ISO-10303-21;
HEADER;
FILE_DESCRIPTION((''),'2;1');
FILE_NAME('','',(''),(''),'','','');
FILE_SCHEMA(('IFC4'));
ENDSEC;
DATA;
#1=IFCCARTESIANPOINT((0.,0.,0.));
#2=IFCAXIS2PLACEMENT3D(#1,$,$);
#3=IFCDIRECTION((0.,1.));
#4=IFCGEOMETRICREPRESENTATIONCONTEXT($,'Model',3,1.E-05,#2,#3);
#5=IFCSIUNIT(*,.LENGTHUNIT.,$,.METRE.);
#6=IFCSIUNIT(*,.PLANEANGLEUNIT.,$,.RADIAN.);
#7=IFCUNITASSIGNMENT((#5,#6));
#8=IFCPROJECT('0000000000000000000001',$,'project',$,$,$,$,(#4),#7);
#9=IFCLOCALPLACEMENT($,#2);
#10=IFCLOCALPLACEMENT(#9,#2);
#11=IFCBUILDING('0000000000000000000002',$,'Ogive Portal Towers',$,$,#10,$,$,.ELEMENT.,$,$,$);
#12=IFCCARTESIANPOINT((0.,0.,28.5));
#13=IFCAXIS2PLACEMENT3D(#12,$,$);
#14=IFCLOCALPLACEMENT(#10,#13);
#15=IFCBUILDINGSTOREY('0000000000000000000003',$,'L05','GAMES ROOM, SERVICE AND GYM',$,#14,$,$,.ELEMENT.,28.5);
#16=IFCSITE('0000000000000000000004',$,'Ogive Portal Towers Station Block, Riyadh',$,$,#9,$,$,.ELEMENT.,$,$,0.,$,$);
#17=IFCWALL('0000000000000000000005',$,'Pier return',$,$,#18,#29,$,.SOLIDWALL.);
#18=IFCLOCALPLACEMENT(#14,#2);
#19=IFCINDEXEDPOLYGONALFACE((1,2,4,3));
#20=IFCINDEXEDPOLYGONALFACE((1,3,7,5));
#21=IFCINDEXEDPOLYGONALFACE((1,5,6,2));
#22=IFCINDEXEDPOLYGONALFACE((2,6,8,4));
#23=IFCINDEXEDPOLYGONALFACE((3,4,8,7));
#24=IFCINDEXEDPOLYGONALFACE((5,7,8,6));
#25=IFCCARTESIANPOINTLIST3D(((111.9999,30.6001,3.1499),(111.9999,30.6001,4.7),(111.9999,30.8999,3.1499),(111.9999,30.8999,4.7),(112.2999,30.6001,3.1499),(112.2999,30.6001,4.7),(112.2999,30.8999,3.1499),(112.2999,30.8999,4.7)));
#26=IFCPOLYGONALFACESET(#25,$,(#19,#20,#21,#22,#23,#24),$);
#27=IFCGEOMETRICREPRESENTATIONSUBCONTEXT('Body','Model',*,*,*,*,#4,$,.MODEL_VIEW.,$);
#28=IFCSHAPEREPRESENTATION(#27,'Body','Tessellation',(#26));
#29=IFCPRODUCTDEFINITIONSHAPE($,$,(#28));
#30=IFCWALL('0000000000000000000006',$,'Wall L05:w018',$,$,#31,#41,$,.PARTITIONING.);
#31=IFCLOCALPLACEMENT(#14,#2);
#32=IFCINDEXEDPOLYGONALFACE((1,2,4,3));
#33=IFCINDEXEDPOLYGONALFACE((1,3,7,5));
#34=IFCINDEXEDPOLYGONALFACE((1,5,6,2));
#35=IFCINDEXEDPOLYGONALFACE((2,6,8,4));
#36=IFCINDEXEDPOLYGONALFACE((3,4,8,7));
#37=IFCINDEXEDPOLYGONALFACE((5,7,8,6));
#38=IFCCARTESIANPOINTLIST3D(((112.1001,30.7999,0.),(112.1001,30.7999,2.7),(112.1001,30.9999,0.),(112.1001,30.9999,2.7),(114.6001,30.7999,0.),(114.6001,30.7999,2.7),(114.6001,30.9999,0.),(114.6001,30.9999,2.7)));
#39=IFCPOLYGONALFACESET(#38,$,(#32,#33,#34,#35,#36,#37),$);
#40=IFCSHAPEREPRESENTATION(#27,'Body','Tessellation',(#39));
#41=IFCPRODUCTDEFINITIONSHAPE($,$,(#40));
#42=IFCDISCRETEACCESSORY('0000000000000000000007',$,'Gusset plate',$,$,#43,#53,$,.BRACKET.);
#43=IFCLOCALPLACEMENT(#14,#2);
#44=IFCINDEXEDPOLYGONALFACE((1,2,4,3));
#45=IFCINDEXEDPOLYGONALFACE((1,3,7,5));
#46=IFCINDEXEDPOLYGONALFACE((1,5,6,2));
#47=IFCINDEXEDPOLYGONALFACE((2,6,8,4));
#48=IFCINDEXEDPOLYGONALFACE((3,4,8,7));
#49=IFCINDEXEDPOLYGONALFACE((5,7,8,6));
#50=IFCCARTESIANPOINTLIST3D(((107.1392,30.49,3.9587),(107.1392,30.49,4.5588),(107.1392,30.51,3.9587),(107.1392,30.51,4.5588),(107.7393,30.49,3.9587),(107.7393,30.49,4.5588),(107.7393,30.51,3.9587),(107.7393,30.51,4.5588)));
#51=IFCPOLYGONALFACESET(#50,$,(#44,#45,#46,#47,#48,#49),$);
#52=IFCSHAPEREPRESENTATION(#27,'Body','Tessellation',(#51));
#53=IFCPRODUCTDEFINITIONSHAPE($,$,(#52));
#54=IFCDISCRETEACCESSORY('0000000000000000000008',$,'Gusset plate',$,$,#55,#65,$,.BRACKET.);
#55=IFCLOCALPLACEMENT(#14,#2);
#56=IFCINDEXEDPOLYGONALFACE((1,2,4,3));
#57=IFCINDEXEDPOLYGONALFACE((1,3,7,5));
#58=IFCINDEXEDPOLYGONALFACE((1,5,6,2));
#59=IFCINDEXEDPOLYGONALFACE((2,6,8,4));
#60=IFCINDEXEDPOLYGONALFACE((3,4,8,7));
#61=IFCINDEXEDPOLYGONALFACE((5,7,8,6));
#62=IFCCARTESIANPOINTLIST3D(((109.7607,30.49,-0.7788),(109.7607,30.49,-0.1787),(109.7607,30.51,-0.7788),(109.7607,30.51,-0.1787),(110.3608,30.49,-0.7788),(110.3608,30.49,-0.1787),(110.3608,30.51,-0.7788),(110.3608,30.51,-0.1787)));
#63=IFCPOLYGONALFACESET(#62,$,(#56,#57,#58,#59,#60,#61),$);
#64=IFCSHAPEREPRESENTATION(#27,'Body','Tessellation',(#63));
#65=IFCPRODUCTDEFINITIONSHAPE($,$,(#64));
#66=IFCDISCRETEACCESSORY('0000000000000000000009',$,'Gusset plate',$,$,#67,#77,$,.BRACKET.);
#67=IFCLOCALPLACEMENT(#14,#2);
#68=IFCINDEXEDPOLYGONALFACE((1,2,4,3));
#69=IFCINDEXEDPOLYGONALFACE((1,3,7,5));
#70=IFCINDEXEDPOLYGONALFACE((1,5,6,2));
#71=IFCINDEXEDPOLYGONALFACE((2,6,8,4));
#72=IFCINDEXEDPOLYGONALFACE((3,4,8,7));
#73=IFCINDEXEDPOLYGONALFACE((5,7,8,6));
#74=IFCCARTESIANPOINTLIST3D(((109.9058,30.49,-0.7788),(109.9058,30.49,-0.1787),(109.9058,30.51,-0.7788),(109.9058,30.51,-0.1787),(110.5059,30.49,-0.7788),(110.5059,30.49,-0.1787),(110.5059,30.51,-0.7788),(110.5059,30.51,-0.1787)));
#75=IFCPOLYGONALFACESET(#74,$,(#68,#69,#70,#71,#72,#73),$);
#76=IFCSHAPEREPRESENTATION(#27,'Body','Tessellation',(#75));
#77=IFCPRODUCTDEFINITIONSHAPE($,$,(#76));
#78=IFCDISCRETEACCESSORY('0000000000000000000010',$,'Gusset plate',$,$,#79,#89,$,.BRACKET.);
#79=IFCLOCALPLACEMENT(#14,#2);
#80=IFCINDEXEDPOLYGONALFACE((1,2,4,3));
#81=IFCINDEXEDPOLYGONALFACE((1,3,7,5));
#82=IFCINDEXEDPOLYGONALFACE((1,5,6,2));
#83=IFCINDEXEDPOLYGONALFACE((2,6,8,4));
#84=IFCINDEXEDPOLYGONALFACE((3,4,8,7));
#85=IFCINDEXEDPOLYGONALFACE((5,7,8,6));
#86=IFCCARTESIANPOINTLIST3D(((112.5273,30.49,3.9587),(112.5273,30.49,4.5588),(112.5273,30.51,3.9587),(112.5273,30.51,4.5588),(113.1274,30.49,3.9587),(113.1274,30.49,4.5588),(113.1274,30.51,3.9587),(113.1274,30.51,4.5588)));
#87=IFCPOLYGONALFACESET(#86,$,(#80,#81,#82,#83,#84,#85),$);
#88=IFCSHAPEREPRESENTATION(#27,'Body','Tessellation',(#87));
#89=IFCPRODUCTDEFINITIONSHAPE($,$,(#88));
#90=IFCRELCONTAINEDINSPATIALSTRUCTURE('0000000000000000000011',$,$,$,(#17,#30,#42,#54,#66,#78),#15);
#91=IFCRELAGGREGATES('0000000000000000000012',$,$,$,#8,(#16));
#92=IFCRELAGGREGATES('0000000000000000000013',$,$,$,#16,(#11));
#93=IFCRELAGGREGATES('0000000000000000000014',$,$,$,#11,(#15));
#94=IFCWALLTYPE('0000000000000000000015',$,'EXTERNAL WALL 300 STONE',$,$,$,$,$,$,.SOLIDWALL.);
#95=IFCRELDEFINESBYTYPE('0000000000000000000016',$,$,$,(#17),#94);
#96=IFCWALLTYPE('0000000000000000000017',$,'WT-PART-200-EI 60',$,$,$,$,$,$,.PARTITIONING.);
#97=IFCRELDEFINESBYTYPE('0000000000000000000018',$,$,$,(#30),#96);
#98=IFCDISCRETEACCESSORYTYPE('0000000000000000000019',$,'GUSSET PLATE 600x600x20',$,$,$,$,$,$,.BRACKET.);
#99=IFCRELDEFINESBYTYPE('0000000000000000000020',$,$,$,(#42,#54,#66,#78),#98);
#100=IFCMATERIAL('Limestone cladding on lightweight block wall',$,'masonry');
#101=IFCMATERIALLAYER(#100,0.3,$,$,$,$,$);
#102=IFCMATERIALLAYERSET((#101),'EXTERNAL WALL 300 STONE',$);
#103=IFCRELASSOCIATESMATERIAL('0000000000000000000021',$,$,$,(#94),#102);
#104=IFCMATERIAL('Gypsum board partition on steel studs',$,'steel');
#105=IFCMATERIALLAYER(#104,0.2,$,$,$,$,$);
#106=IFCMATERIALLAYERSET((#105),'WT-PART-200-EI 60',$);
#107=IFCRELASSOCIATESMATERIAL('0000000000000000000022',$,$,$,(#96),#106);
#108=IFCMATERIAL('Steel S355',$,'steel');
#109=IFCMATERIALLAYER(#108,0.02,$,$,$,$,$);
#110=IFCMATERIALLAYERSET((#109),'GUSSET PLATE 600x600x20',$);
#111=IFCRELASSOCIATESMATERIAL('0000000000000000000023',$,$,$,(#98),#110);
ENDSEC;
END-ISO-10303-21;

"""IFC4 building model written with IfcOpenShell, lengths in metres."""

from ifc_helpers import new_model, si_unit, direction, frame, frame_2d, origin, origin_2d, place, context, subcontext, project, spatial, rectangle, extrude, material, layer, layer_set, type_object, element, save


model = new_model("IFC4")

# Units and contexts
model_context = context("Model", 3, precision=1e-05, world=origin(), true_north=direction((0.0, 1.0)))
body_context = subcontext(model_context, "Body", "Model", "MODEL_VIEW")
ifc_project = project(units=[si_unit("LENGTHUNIT", "METRE"), si_unit("PLANEANGLEUNIT", "RADIAN")], contexts=[model_context])

# Site, building, storey
site_placement = place(None, origin())
site = spatial("IfcSite", under=ifc_project, at=site_placement, Name="Ogive Portal Towers Station Block, Riyadh", CompositionType="ELEMENT", RefElevation=0.0)
building_placement = place(site_placement, origin())
building = spatial("IfcBuilding", under=site, at=building_placement, Name="Ogive Portal Towers", CompositionType="ELEMENT")
storey_placement = place(building_placement, frame((0.0, 0.0, 28.5)))
storey = spatial("IfcBuildingStorey", under=building, at=storey_placement, Name="L05", Description="GAMES ROOM, SERVICE AND GYM", CompositionType="ELEMENT", Elevation=28.5)

# Shared definitions
ifc_material_1 = material(Name="Steel S355", Category="steel")

# Shared definitions
ifc_material_2 = material(Name="Limestone cladding on lightweight block wall", Category="masonry")
ifc_layer_1 = layer(ifc_material_2, 0.3)
ifc_layer_set_1 = layer_set([ifc_layer_1], Name="EXTERNAL WALL 300 STONE")
wall_type_1 = type_object("IfcWallType", Name="EXTERNAL WALL 300 STONE", PredefinedType="SOLIDWALL", material=ifc_layer_set_1)

# Walls
wall_1_placement = place(storey_placement, frame((112.1499, 30.6001, 3.1499), z_axis=(0.0, 0.0, 1.0), x_axis=(0.0, 1.0, 0.0)))
element("IfcWall", 1, at=wall_1_placement, inside=storey, type_object=wall_type_1, Name="Pier return", PredefinedType="SOLIDWALL", context=body_context, shape_type="SweptSolid", body=[
    extrude(rectangle(XDim=0.2998, YDim=0.3, at=frame_2d((0.1499, 0.0))), origin(), (0.0, 0.0, 1.0), 1.55),
])
ifc_material_3 = material(Name="Gypsum board partition on steel studs", Category="steel")
ifc_layer_2 = layer(ifc_material_3, 0.2)
ifc_layer_set_2 = layer_set([ifc_layer_2], Name="WT-PART-200-EI 60")
wall_type_2 = type_object("IfcWallType", Name="WT-PART-200-EI 60", PredefinedType="PARTITIONING", material=ifc_layer_set_2)
wall_2_placement = place(storey_placement, frame((112.1001, 30.8999, 0.0), z_axis=(0.0, 0.0, 1.0), x_axis=(1.0, 0.0, 0.0)))
element("IfcWall", 2, at=wall_2_placement, inside=storey, type_object=wall_type_2, Name="Wall L05:w018", PredefinedType="PARTITIONING", context=body_context, shape_type="SweptSolid", body=[
    extrude(rectangle(XDim=2.5, YDim=0.2, at=frame_2d((1.25, 0.0))), origin(), (0.0, 0.0, 1.0), 2.7),
])

# Discrete accessories
ifc_layer_3 = layer(ifc_material_1, 0.02)
ifc_layer_set_3 = layer_set([ifc_layer_3], Name="GUSSET PLATE 600x600x20")
discrete_accessory_type = type_object("IfcDiscreteAccessoryType", Name="GUSSET PLATE 600x600x20", PredefinedType="BRACKET", material=ifc_layer_set_3)
for number, where, z_axis, x_axis, name in (
    (3, (107.4392, 30.5, 3.9587), (0.0, 0.0, 1.0), (1.0, 0.0, 0.0), "Gusset plate"),
    (4, (110.0608, 30.5, -0.7788), (0.0, 0.0, 1.0), (1.0, 0.0, 0.0), "Gusset plate"),
    (5, (110.2058, 30.5, -0.7788), (0.0, 0.0, 1.0), (1.0, 0.0, 0.0), "Gusset plate"),
    (6, (112.8274, 30.5, 3.9587), (0.0, 0.0, 1.0), (1.0, 0.0, 0.0), "Gusset plate"),
):
    element("IfcDiscreteAccessory", number, at=place(storey_placement, frame(where, z_axis=z_axis, x_axis=x_axis)), inside=storey, type_object=discrete_accessory_type, Name=name, PredefinedType="BRACKET", context=body_context, shape_type="SweptSolid", body=[
        extrude(rectangle(XDim=0.6001, YDim=0.02, at=origin_2d()), origin(), (0.0, 0.0, 1.0), 0.6001),
    ])

save(model, "model.ifc")
